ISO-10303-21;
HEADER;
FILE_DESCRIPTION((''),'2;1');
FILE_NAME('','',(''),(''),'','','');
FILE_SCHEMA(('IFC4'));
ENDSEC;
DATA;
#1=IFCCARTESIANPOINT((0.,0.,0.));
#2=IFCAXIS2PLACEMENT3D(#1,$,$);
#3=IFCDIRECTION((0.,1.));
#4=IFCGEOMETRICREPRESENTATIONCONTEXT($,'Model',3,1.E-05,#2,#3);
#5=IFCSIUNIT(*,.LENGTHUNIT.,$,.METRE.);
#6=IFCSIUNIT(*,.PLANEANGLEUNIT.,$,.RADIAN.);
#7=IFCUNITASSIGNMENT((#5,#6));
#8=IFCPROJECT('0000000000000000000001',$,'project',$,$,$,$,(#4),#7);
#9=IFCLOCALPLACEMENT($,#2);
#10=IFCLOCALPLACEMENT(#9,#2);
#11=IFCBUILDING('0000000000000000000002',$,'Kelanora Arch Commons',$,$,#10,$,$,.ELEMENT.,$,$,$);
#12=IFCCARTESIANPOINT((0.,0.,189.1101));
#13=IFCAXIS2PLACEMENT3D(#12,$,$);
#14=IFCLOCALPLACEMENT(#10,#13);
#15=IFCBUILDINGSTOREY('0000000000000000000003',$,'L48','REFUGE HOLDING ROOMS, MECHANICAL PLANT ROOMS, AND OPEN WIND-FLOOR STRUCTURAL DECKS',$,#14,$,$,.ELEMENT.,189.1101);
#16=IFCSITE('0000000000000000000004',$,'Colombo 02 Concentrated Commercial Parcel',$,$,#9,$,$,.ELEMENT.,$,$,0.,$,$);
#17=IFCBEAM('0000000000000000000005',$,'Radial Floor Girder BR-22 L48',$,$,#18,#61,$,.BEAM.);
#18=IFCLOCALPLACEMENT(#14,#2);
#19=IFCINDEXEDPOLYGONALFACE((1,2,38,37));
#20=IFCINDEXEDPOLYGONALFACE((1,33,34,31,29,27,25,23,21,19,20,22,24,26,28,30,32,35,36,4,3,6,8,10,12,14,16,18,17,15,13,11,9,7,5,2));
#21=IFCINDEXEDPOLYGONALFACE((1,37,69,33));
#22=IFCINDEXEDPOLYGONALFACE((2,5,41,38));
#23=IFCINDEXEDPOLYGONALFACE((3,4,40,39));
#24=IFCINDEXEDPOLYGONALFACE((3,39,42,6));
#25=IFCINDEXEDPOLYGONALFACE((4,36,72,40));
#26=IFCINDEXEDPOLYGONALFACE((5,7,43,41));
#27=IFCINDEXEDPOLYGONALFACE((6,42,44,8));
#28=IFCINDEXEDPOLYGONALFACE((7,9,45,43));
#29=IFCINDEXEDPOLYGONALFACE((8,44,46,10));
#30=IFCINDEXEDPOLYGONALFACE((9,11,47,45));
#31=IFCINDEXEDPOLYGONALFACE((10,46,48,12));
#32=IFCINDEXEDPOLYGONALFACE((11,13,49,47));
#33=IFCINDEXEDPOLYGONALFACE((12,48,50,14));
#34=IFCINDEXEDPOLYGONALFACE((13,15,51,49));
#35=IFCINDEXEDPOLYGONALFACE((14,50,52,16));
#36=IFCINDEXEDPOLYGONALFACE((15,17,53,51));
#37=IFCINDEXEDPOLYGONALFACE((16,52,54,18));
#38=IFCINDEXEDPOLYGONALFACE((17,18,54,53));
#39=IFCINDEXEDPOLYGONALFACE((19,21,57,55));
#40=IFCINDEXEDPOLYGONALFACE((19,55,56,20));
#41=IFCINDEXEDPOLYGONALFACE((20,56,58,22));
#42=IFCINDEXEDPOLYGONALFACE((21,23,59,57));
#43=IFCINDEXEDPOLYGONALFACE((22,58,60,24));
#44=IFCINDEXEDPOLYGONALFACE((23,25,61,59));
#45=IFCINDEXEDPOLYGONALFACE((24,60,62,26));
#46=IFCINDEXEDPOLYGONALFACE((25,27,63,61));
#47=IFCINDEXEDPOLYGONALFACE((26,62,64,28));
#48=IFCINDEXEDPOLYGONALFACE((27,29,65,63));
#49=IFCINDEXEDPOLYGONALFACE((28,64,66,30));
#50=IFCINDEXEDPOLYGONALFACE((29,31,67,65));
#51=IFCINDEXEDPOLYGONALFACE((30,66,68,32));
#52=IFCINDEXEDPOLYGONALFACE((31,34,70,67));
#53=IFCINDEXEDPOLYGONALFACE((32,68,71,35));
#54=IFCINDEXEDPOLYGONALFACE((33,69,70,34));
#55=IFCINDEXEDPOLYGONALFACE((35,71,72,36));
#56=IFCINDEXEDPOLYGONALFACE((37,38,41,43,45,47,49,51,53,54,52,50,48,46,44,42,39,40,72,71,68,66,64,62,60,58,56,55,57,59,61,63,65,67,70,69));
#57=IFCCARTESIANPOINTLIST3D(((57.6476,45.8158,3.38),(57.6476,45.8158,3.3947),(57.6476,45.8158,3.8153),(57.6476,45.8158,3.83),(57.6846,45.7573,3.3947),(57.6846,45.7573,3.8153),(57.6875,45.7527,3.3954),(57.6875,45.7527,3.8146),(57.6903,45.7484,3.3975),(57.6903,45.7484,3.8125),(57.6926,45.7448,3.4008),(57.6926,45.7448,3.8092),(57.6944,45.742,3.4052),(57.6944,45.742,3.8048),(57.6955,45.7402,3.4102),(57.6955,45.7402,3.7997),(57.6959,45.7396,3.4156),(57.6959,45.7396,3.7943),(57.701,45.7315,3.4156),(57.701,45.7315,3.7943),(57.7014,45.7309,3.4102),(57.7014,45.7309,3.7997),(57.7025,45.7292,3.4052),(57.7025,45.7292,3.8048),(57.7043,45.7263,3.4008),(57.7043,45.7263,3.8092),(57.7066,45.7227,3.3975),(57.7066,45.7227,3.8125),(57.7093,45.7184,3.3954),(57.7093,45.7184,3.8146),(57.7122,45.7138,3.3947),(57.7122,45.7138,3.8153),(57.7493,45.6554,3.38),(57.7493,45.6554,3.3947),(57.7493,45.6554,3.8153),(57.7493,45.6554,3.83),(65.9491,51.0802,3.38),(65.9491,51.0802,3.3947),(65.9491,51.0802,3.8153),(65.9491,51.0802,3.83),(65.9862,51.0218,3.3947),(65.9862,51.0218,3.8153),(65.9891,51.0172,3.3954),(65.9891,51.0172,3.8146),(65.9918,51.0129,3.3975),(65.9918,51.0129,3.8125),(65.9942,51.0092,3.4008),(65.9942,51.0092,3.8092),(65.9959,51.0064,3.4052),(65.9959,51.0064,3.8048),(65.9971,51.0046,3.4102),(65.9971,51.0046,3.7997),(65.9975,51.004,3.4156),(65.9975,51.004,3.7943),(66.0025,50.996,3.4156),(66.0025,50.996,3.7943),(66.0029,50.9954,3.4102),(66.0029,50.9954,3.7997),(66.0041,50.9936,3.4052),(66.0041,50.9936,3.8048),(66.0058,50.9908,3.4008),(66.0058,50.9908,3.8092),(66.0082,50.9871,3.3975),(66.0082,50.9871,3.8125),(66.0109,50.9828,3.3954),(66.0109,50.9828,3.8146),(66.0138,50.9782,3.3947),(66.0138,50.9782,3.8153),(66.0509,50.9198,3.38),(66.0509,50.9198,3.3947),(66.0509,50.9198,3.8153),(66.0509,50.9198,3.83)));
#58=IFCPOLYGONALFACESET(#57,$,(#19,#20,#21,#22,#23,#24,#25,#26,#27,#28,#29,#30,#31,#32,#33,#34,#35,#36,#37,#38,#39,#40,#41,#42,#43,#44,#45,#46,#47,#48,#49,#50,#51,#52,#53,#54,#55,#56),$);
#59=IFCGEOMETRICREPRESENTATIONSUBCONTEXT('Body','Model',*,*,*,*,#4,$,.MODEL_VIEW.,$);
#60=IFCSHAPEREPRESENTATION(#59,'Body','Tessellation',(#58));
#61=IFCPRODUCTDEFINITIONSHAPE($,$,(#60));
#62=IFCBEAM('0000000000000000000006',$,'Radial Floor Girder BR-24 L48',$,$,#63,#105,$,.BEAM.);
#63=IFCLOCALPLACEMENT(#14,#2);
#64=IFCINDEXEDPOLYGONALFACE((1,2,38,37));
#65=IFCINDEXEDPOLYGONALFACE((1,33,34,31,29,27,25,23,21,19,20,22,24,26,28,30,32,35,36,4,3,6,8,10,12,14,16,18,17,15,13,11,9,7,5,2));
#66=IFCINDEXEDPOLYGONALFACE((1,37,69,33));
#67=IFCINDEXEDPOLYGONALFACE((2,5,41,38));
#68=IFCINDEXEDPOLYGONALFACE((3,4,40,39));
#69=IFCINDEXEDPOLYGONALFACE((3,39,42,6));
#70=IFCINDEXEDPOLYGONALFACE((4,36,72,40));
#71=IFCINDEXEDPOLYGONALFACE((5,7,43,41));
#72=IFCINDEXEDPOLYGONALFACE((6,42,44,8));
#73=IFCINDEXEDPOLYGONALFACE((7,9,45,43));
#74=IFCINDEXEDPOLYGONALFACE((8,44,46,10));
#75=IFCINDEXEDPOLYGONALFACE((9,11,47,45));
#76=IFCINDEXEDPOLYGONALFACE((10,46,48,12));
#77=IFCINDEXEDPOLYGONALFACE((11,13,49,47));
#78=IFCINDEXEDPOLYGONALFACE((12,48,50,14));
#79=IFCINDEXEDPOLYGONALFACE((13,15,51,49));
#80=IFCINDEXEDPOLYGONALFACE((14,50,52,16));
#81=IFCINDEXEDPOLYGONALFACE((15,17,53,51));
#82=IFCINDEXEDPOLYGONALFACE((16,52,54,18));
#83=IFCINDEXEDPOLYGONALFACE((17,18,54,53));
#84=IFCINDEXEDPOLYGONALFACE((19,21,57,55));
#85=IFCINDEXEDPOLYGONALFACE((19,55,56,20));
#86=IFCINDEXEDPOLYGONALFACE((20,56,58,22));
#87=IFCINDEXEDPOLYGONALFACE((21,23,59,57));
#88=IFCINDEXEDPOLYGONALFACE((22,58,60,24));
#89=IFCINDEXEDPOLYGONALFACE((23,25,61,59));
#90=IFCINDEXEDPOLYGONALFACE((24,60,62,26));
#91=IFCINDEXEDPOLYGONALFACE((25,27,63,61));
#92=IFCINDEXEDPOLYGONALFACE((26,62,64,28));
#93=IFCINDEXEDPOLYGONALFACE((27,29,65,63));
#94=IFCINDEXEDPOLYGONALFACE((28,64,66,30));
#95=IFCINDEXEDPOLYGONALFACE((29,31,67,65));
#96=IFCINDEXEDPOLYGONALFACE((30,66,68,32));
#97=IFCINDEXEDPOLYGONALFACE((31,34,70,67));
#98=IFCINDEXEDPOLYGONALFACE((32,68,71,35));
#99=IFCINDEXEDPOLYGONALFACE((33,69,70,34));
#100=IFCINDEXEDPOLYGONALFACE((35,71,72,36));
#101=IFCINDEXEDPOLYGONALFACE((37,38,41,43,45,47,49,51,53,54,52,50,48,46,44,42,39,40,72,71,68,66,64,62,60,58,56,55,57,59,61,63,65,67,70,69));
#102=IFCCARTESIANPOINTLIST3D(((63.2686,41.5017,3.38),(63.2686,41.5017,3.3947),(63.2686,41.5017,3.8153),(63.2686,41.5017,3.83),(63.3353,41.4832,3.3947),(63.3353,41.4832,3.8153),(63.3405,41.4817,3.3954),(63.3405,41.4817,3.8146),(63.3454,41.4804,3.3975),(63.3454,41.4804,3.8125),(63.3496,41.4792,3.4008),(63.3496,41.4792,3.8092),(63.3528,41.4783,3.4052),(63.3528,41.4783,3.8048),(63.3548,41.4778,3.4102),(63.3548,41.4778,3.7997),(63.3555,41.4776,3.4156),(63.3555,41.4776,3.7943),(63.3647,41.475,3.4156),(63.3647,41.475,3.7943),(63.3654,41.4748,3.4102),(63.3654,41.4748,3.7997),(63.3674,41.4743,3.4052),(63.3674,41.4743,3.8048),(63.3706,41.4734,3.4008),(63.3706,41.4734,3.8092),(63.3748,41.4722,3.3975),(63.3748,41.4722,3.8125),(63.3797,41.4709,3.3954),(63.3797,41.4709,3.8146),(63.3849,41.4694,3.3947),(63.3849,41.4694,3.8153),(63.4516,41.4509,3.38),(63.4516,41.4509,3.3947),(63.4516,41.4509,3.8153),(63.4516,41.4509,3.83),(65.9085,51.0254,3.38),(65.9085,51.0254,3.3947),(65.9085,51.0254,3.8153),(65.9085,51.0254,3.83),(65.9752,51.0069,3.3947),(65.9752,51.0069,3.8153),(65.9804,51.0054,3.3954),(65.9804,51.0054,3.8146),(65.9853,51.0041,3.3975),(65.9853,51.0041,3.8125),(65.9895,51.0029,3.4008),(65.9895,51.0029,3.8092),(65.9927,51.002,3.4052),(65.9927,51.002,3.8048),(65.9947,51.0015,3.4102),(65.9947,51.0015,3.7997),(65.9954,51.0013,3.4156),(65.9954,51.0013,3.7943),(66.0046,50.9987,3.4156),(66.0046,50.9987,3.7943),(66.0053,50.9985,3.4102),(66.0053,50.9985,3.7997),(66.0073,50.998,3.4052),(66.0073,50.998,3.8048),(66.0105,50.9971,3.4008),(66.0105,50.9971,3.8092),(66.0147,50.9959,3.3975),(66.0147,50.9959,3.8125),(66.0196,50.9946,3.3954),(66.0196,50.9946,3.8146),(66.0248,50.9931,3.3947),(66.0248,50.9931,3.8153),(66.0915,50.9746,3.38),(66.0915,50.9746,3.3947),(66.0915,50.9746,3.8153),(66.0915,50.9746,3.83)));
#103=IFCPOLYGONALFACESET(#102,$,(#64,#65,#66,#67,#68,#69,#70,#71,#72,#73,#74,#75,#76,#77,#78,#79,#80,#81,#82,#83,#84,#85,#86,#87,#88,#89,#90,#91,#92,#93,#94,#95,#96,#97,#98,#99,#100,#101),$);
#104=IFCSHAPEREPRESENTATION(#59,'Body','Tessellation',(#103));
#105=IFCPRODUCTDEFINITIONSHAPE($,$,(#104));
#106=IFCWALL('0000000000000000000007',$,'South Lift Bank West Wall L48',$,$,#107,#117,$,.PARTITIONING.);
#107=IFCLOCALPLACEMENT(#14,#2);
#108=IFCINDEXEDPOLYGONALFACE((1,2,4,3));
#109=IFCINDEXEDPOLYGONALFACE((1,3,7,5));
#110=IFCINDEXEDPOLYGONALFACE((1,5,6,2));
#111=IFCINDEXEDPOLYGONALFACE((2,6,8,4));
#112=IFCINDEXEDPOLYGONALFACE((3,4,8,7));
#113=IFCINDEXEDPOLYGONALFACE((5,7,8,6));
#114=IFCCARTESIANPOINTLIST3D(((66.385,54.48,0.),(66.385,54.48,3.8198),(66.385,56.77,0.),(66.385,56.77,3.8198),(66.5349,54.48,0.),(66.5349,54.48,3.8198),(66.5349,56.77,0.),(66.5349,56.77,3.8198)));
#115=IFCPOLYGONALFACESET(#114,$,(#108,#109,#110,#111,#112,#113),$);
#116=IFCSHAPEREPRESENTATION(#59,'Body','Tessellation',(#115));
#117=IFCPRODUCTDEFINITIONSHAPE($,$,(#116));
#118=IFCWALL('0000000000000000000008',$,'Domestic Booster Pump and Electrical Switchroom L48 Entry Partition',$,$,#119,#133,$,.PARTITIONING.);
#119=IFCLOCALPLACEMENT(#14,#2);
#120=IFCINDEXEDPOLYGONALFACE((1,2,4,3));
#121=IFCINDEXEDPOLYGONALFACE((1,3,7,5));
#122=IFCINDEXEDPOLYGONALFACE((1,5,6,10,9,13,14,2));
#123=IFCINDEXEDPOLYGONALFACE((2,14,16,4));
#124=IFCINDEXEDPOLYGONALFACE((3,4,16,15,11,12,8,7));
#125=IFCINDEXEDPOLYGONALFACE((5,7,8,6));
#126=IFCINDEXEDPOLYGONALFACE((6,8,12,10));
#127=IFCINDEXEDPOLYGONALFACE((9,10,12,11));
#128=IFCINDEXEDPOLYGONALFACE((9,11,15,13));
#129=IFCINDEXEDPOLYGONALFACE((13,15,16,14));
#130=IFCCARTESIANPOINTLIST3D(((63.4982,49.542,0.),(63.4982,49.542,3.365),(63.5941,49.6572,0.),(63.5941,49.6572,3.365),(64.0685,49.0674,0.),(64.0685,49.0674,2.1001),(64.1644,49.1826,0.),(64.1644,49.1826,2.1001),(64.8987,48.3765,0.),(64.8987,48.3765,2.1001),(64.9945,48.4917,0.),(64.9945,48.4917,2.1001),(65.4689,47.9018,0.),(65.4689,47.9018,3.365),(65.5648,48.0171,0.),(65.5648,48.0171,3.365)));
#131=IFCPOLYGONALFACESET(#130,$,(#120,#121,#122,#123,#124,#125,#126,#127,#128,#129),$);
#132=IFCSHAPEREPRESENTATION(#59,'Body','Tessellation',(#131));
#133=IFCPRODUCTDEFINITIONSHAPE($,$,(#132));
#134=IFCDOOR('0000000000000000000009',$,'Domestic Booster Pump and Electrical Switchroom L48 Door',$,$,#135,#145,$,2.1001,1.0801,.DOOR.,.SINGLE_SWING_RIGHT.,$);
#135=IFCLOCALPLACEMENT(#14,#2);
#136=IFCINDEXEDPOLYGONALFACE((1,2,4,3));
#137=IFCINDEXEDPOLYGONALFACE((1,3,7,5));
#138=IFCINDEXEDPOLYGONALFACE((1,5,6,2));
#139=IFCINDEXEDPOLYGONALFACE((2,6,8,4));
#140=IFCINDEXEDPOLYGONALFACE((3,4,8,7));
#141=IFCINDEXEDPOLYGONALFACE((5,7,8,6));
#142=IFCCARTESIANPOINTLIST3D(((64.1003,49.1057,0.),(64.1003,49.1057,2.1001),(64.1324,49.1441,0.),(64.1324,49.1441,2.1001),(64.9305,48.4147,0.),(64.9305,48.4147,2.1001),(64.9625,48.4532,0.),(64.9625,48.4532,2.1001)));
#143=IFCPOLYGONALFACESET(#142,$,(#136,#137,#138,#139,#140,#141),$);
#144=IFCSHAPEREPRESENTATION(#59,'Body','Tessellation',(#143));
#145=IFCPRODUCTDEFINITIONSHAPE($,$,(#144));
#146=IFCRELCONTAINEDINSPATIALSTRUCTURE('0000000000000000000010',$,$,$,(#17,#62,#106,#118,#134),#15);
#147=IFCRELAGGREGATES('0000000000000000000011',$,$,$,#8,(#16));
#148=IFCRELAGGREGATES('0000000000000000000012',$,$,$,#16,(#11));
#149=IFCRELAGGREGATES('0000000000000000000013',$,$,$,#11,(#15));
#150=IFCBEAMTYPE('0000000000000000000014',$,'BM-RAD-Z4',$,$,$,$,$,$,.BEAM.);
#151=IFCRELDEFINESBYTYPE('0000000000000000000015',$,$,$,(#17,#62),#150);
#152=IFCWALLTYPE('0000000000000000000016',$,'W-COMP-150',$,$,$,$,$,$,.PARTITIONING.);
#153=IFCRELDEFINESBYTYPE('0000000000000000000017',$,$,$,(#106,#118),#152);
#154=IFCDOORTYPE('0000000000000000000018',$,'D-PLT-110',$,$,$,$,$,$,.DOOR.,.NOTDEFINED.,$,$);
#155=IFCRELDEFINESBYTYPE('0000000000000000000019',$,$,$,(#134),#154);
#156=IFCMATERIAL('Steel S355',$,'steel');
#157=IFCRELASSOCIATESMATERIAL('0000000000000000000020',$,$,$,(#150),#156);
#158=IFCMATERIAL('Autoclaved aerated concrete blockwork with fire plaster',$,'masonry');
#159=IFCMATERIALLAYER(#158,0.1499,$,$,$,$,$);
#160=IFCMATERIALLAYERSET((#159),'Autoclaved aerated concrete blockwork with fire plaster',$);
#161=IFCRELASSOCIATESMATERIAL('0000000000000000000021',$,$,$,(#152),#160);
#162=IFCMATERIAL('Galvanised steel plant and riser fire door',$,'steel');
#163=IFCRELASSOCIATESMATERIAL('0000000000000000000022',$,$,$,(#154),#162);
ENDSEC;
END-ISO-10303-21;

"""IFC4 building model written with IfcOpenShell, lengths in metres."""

from ifc_helpers import new_model, si_unit, direction, frame, frame_2d, origin, origin_2d, place, context, subcontext, project, spatial, rectangle, i_section, extrude, material, layer, layer_set, material_profile, profile_set, type_object, element, fill, save


model = new_model("IFC4")

# Units and contexts
model_context = context("Model", 3, precision=1e-05, world=origin(), true_north=direction((0.0, 1.0)))
body_context = subcontext(model_context, "Body", "Model", "MODEL_VIEW")
ifc_project = project(units=[si_unit("LENGTHUNIT", "METRE"), si_unit("PLANEANGLEUNIT", "RADIAN")], contexts=[model_context])

# Site, building, storey
site_placement = place(None, origin())
site = spatial("IfcSite", under=ifc_project, at=site_placement, Name="Colombo 02 Concentrated Commercial Parcel", CompositionType="ELEMENT", RefElevation=0.0)
building_placement = place(site_placement, origin())
building = spatial("IfcBuilding", under=site, at=building_placement, Name="Kelanora Arch Commons", CompositionType="ELEMENT")
storey_placement = place(building_placement, frame((0.0, 0.0, 189.1101)))
storey = spatial("IfcBuildingStorey", under=building, at=storey_placement, Name="L48", Description="REFUGE HOLDING ROOMS, MECHANICAL PLANT ROOMS, AND OPEN WIND-FLOOR STRUCTURAL DECKS", CompositionType="ELEMENT", Elevation=189.1101)

# Beams
ifc_material_1 = material(Name="Steel S355", Category="steel")
ifc_material_profile_1 = material_profile(ifc_material_1, i_section(OverallWidth=0.1899, OverallDepth=0.45, WebThickness=0.0095, FlangeThickness=0.0146, FilletRadius=0.021, at=origin_2d()), Name="IPE450")
ifc_profile_set_1 = profile_set([ifc_material_profile_1], Name="Steel S355")
beam_type_1 = type_object("IfcBeamType", Name="BM-RAD-Z4", PredefinedType="BEAM", material=ifc_profile_set_1)
beam_1_placement = place(storey_placement, frame((66.0, 51.0, 3.605), z_axis=(-0.844507, -0.535544, 0.0), x_axis=(0.535544, -0.844507, 0.0)))
element("IfcBeam", 1, at=beam_1_placement, inside=storey, type_object=beam_type_1, Name="Radial Floor Girder BR-22 L48", PredefinedType="BEAM", context=body_context, shape_type="SweptSolid", body=[
    extrude(i_section(OverallWidth=0.1899, OverallDepth=0.45, WebThickness=0.0095, FlangeThickness=0.0146, FilletRadius=0.021, at=origin_2d()), origin(), (0.0, 0.0, 1.0), 9.8301),
])
beam_2_placement = place(storey_placement, frame((66.0, 51.0, 3.605), z_axis=(-0.26712, -0.963663, 0.0), x_axis=(0.963663, -0.26712, 0.0)))
element("IfcBeam", 2, at=beam_2_placement, inside=storey, type_object=beam_type_1, Name="Radial Floor Girder BR-24 L48", PredefinedType="BEAM", context=body_context, shape_type="SweptSolid", body=[
    extrude(i_section(OverallWidth=0.1899, OverallDepth=0.45, WebThickness=0.0095, FlangeThickness=0.0146, FilletRadius=0.021, at=origin_2d()), origin(), (0.0, 0.0, 1.0), 9.8828),
])

# Wall
ifc_material_2 = material(Name="Autoclaved aerated concrete blockwork with fire plaster", Category="masonry")
ifc_layer_1 = layer(ifc_material_2, 0.1499)
ifc_layer_set_1 = layer_set([ifc_layer_1], Name="Autoclaved aerated concrete blockwork with fire plaster")
wall_type_1 = type_object("IfcWallType", Name="W-COMP-150", PredefinedType="PARTITIONING", material=ifc_layer_set_1)
wall_1_placement = place(storey_placement, frame((66.46, 54.48, 0.0), z_axis=(0.0, 0.0, 1.0), x_axis=(0.0, 1.0, 0.0)))
element("IfcWall", 3, at=wall_1_placement, inside=storey, type_object=wall_type_1, Name="South Lift Bank West Wall L48", PredefinedType="PARTITIONING", context=body_context, shape_type="SweptSolid", body=[
    extrude(rectangle(XDim=2.29, YDim=0.1499, at=frame_2d((1.145, 0.0))), origin(), (0.0, 0.0, 1.0), 3.8198),
])

# Wall, opening, door
wall_2_placement = place(storey_placement, frame((63.5461, 49.5996, 0.0), z_axis=(0.0, 0.0, 1.0), x_axis=(0.768627, -0.639697, 0.0)))
wall_2 = element("IfcWall", 4, at=wall_2_placement, inside=storey, type_object=wall_type_1, Name="Domestic Booster Pump and Electrical Switchroom L48 Entry Partition", PredefinedType="PARTITIONING", context=body_context, shape_type="SweptSolid", body=[
    extrude(rectangle(XDim=2.564, YDim=0.1499, at=frame_2d((1.282, 0.0))), origin(), (0.0, 0.0, 1.0), 3.365),
])
opening_1_placement = place(wall_2_placement, frame((0.7419, 0.0, 0.0)))
opening_1 = element("IfcOpeningElement", 5, at=opening_1_placement, cuts=wall_2, PredefinedType="OPENING", context=body_context, shape_type="SweptSolid", body=[
    extrude(rectangle(XDim=1.0801, YDim=2.1001, at=frame_2d((0.54, 1.05))), frame((0.0, 0.085, 0.0), z_axis=(0.0, -1.0, 0.0), x_axis=(1.0, 0.0, 0.0)), (0.0, 0.0, 1.0), 0.1699),
])
ifc_material_3 = material(Name="Galvanised steel plant and riser fire door", Category="steel")
door_type_1 = type_object("IfcDoorType", Name="D-PLT-110", OperationType="NOTDEFINED", PredefinedType="DOOR", material=ifc_material_3)
door_1_placement = place(opening_1_placement, origin())
door_1 = element("IfcDoor", 6, at=door_1_placement, inside=storey, type_object=door_type_1, Name="Domestic Booster Pump and Electrical Switchroom L48 Door", OperationType="SINGLE_SWING_RIGHT", OverallHeight=2.1001, OverallWidth=1.0801, PredefinedType="DOOR", context=body_context, shape_type="SweptSolid", body=[
    extrude(rectangle(XDim=1.0801, YDim=2.1001, at=frame_2d((0.54, 1.05))), frame((0.0, 0.0249, 0.0), z_axis=(0.0, -1.0, 0.0), x_axis=(1.0, 0.0, 0.0)), (0.0, 0.0, 1.0), 0.05),
])
fill(opening_1, door_1)

save(model, "model.ifc")
